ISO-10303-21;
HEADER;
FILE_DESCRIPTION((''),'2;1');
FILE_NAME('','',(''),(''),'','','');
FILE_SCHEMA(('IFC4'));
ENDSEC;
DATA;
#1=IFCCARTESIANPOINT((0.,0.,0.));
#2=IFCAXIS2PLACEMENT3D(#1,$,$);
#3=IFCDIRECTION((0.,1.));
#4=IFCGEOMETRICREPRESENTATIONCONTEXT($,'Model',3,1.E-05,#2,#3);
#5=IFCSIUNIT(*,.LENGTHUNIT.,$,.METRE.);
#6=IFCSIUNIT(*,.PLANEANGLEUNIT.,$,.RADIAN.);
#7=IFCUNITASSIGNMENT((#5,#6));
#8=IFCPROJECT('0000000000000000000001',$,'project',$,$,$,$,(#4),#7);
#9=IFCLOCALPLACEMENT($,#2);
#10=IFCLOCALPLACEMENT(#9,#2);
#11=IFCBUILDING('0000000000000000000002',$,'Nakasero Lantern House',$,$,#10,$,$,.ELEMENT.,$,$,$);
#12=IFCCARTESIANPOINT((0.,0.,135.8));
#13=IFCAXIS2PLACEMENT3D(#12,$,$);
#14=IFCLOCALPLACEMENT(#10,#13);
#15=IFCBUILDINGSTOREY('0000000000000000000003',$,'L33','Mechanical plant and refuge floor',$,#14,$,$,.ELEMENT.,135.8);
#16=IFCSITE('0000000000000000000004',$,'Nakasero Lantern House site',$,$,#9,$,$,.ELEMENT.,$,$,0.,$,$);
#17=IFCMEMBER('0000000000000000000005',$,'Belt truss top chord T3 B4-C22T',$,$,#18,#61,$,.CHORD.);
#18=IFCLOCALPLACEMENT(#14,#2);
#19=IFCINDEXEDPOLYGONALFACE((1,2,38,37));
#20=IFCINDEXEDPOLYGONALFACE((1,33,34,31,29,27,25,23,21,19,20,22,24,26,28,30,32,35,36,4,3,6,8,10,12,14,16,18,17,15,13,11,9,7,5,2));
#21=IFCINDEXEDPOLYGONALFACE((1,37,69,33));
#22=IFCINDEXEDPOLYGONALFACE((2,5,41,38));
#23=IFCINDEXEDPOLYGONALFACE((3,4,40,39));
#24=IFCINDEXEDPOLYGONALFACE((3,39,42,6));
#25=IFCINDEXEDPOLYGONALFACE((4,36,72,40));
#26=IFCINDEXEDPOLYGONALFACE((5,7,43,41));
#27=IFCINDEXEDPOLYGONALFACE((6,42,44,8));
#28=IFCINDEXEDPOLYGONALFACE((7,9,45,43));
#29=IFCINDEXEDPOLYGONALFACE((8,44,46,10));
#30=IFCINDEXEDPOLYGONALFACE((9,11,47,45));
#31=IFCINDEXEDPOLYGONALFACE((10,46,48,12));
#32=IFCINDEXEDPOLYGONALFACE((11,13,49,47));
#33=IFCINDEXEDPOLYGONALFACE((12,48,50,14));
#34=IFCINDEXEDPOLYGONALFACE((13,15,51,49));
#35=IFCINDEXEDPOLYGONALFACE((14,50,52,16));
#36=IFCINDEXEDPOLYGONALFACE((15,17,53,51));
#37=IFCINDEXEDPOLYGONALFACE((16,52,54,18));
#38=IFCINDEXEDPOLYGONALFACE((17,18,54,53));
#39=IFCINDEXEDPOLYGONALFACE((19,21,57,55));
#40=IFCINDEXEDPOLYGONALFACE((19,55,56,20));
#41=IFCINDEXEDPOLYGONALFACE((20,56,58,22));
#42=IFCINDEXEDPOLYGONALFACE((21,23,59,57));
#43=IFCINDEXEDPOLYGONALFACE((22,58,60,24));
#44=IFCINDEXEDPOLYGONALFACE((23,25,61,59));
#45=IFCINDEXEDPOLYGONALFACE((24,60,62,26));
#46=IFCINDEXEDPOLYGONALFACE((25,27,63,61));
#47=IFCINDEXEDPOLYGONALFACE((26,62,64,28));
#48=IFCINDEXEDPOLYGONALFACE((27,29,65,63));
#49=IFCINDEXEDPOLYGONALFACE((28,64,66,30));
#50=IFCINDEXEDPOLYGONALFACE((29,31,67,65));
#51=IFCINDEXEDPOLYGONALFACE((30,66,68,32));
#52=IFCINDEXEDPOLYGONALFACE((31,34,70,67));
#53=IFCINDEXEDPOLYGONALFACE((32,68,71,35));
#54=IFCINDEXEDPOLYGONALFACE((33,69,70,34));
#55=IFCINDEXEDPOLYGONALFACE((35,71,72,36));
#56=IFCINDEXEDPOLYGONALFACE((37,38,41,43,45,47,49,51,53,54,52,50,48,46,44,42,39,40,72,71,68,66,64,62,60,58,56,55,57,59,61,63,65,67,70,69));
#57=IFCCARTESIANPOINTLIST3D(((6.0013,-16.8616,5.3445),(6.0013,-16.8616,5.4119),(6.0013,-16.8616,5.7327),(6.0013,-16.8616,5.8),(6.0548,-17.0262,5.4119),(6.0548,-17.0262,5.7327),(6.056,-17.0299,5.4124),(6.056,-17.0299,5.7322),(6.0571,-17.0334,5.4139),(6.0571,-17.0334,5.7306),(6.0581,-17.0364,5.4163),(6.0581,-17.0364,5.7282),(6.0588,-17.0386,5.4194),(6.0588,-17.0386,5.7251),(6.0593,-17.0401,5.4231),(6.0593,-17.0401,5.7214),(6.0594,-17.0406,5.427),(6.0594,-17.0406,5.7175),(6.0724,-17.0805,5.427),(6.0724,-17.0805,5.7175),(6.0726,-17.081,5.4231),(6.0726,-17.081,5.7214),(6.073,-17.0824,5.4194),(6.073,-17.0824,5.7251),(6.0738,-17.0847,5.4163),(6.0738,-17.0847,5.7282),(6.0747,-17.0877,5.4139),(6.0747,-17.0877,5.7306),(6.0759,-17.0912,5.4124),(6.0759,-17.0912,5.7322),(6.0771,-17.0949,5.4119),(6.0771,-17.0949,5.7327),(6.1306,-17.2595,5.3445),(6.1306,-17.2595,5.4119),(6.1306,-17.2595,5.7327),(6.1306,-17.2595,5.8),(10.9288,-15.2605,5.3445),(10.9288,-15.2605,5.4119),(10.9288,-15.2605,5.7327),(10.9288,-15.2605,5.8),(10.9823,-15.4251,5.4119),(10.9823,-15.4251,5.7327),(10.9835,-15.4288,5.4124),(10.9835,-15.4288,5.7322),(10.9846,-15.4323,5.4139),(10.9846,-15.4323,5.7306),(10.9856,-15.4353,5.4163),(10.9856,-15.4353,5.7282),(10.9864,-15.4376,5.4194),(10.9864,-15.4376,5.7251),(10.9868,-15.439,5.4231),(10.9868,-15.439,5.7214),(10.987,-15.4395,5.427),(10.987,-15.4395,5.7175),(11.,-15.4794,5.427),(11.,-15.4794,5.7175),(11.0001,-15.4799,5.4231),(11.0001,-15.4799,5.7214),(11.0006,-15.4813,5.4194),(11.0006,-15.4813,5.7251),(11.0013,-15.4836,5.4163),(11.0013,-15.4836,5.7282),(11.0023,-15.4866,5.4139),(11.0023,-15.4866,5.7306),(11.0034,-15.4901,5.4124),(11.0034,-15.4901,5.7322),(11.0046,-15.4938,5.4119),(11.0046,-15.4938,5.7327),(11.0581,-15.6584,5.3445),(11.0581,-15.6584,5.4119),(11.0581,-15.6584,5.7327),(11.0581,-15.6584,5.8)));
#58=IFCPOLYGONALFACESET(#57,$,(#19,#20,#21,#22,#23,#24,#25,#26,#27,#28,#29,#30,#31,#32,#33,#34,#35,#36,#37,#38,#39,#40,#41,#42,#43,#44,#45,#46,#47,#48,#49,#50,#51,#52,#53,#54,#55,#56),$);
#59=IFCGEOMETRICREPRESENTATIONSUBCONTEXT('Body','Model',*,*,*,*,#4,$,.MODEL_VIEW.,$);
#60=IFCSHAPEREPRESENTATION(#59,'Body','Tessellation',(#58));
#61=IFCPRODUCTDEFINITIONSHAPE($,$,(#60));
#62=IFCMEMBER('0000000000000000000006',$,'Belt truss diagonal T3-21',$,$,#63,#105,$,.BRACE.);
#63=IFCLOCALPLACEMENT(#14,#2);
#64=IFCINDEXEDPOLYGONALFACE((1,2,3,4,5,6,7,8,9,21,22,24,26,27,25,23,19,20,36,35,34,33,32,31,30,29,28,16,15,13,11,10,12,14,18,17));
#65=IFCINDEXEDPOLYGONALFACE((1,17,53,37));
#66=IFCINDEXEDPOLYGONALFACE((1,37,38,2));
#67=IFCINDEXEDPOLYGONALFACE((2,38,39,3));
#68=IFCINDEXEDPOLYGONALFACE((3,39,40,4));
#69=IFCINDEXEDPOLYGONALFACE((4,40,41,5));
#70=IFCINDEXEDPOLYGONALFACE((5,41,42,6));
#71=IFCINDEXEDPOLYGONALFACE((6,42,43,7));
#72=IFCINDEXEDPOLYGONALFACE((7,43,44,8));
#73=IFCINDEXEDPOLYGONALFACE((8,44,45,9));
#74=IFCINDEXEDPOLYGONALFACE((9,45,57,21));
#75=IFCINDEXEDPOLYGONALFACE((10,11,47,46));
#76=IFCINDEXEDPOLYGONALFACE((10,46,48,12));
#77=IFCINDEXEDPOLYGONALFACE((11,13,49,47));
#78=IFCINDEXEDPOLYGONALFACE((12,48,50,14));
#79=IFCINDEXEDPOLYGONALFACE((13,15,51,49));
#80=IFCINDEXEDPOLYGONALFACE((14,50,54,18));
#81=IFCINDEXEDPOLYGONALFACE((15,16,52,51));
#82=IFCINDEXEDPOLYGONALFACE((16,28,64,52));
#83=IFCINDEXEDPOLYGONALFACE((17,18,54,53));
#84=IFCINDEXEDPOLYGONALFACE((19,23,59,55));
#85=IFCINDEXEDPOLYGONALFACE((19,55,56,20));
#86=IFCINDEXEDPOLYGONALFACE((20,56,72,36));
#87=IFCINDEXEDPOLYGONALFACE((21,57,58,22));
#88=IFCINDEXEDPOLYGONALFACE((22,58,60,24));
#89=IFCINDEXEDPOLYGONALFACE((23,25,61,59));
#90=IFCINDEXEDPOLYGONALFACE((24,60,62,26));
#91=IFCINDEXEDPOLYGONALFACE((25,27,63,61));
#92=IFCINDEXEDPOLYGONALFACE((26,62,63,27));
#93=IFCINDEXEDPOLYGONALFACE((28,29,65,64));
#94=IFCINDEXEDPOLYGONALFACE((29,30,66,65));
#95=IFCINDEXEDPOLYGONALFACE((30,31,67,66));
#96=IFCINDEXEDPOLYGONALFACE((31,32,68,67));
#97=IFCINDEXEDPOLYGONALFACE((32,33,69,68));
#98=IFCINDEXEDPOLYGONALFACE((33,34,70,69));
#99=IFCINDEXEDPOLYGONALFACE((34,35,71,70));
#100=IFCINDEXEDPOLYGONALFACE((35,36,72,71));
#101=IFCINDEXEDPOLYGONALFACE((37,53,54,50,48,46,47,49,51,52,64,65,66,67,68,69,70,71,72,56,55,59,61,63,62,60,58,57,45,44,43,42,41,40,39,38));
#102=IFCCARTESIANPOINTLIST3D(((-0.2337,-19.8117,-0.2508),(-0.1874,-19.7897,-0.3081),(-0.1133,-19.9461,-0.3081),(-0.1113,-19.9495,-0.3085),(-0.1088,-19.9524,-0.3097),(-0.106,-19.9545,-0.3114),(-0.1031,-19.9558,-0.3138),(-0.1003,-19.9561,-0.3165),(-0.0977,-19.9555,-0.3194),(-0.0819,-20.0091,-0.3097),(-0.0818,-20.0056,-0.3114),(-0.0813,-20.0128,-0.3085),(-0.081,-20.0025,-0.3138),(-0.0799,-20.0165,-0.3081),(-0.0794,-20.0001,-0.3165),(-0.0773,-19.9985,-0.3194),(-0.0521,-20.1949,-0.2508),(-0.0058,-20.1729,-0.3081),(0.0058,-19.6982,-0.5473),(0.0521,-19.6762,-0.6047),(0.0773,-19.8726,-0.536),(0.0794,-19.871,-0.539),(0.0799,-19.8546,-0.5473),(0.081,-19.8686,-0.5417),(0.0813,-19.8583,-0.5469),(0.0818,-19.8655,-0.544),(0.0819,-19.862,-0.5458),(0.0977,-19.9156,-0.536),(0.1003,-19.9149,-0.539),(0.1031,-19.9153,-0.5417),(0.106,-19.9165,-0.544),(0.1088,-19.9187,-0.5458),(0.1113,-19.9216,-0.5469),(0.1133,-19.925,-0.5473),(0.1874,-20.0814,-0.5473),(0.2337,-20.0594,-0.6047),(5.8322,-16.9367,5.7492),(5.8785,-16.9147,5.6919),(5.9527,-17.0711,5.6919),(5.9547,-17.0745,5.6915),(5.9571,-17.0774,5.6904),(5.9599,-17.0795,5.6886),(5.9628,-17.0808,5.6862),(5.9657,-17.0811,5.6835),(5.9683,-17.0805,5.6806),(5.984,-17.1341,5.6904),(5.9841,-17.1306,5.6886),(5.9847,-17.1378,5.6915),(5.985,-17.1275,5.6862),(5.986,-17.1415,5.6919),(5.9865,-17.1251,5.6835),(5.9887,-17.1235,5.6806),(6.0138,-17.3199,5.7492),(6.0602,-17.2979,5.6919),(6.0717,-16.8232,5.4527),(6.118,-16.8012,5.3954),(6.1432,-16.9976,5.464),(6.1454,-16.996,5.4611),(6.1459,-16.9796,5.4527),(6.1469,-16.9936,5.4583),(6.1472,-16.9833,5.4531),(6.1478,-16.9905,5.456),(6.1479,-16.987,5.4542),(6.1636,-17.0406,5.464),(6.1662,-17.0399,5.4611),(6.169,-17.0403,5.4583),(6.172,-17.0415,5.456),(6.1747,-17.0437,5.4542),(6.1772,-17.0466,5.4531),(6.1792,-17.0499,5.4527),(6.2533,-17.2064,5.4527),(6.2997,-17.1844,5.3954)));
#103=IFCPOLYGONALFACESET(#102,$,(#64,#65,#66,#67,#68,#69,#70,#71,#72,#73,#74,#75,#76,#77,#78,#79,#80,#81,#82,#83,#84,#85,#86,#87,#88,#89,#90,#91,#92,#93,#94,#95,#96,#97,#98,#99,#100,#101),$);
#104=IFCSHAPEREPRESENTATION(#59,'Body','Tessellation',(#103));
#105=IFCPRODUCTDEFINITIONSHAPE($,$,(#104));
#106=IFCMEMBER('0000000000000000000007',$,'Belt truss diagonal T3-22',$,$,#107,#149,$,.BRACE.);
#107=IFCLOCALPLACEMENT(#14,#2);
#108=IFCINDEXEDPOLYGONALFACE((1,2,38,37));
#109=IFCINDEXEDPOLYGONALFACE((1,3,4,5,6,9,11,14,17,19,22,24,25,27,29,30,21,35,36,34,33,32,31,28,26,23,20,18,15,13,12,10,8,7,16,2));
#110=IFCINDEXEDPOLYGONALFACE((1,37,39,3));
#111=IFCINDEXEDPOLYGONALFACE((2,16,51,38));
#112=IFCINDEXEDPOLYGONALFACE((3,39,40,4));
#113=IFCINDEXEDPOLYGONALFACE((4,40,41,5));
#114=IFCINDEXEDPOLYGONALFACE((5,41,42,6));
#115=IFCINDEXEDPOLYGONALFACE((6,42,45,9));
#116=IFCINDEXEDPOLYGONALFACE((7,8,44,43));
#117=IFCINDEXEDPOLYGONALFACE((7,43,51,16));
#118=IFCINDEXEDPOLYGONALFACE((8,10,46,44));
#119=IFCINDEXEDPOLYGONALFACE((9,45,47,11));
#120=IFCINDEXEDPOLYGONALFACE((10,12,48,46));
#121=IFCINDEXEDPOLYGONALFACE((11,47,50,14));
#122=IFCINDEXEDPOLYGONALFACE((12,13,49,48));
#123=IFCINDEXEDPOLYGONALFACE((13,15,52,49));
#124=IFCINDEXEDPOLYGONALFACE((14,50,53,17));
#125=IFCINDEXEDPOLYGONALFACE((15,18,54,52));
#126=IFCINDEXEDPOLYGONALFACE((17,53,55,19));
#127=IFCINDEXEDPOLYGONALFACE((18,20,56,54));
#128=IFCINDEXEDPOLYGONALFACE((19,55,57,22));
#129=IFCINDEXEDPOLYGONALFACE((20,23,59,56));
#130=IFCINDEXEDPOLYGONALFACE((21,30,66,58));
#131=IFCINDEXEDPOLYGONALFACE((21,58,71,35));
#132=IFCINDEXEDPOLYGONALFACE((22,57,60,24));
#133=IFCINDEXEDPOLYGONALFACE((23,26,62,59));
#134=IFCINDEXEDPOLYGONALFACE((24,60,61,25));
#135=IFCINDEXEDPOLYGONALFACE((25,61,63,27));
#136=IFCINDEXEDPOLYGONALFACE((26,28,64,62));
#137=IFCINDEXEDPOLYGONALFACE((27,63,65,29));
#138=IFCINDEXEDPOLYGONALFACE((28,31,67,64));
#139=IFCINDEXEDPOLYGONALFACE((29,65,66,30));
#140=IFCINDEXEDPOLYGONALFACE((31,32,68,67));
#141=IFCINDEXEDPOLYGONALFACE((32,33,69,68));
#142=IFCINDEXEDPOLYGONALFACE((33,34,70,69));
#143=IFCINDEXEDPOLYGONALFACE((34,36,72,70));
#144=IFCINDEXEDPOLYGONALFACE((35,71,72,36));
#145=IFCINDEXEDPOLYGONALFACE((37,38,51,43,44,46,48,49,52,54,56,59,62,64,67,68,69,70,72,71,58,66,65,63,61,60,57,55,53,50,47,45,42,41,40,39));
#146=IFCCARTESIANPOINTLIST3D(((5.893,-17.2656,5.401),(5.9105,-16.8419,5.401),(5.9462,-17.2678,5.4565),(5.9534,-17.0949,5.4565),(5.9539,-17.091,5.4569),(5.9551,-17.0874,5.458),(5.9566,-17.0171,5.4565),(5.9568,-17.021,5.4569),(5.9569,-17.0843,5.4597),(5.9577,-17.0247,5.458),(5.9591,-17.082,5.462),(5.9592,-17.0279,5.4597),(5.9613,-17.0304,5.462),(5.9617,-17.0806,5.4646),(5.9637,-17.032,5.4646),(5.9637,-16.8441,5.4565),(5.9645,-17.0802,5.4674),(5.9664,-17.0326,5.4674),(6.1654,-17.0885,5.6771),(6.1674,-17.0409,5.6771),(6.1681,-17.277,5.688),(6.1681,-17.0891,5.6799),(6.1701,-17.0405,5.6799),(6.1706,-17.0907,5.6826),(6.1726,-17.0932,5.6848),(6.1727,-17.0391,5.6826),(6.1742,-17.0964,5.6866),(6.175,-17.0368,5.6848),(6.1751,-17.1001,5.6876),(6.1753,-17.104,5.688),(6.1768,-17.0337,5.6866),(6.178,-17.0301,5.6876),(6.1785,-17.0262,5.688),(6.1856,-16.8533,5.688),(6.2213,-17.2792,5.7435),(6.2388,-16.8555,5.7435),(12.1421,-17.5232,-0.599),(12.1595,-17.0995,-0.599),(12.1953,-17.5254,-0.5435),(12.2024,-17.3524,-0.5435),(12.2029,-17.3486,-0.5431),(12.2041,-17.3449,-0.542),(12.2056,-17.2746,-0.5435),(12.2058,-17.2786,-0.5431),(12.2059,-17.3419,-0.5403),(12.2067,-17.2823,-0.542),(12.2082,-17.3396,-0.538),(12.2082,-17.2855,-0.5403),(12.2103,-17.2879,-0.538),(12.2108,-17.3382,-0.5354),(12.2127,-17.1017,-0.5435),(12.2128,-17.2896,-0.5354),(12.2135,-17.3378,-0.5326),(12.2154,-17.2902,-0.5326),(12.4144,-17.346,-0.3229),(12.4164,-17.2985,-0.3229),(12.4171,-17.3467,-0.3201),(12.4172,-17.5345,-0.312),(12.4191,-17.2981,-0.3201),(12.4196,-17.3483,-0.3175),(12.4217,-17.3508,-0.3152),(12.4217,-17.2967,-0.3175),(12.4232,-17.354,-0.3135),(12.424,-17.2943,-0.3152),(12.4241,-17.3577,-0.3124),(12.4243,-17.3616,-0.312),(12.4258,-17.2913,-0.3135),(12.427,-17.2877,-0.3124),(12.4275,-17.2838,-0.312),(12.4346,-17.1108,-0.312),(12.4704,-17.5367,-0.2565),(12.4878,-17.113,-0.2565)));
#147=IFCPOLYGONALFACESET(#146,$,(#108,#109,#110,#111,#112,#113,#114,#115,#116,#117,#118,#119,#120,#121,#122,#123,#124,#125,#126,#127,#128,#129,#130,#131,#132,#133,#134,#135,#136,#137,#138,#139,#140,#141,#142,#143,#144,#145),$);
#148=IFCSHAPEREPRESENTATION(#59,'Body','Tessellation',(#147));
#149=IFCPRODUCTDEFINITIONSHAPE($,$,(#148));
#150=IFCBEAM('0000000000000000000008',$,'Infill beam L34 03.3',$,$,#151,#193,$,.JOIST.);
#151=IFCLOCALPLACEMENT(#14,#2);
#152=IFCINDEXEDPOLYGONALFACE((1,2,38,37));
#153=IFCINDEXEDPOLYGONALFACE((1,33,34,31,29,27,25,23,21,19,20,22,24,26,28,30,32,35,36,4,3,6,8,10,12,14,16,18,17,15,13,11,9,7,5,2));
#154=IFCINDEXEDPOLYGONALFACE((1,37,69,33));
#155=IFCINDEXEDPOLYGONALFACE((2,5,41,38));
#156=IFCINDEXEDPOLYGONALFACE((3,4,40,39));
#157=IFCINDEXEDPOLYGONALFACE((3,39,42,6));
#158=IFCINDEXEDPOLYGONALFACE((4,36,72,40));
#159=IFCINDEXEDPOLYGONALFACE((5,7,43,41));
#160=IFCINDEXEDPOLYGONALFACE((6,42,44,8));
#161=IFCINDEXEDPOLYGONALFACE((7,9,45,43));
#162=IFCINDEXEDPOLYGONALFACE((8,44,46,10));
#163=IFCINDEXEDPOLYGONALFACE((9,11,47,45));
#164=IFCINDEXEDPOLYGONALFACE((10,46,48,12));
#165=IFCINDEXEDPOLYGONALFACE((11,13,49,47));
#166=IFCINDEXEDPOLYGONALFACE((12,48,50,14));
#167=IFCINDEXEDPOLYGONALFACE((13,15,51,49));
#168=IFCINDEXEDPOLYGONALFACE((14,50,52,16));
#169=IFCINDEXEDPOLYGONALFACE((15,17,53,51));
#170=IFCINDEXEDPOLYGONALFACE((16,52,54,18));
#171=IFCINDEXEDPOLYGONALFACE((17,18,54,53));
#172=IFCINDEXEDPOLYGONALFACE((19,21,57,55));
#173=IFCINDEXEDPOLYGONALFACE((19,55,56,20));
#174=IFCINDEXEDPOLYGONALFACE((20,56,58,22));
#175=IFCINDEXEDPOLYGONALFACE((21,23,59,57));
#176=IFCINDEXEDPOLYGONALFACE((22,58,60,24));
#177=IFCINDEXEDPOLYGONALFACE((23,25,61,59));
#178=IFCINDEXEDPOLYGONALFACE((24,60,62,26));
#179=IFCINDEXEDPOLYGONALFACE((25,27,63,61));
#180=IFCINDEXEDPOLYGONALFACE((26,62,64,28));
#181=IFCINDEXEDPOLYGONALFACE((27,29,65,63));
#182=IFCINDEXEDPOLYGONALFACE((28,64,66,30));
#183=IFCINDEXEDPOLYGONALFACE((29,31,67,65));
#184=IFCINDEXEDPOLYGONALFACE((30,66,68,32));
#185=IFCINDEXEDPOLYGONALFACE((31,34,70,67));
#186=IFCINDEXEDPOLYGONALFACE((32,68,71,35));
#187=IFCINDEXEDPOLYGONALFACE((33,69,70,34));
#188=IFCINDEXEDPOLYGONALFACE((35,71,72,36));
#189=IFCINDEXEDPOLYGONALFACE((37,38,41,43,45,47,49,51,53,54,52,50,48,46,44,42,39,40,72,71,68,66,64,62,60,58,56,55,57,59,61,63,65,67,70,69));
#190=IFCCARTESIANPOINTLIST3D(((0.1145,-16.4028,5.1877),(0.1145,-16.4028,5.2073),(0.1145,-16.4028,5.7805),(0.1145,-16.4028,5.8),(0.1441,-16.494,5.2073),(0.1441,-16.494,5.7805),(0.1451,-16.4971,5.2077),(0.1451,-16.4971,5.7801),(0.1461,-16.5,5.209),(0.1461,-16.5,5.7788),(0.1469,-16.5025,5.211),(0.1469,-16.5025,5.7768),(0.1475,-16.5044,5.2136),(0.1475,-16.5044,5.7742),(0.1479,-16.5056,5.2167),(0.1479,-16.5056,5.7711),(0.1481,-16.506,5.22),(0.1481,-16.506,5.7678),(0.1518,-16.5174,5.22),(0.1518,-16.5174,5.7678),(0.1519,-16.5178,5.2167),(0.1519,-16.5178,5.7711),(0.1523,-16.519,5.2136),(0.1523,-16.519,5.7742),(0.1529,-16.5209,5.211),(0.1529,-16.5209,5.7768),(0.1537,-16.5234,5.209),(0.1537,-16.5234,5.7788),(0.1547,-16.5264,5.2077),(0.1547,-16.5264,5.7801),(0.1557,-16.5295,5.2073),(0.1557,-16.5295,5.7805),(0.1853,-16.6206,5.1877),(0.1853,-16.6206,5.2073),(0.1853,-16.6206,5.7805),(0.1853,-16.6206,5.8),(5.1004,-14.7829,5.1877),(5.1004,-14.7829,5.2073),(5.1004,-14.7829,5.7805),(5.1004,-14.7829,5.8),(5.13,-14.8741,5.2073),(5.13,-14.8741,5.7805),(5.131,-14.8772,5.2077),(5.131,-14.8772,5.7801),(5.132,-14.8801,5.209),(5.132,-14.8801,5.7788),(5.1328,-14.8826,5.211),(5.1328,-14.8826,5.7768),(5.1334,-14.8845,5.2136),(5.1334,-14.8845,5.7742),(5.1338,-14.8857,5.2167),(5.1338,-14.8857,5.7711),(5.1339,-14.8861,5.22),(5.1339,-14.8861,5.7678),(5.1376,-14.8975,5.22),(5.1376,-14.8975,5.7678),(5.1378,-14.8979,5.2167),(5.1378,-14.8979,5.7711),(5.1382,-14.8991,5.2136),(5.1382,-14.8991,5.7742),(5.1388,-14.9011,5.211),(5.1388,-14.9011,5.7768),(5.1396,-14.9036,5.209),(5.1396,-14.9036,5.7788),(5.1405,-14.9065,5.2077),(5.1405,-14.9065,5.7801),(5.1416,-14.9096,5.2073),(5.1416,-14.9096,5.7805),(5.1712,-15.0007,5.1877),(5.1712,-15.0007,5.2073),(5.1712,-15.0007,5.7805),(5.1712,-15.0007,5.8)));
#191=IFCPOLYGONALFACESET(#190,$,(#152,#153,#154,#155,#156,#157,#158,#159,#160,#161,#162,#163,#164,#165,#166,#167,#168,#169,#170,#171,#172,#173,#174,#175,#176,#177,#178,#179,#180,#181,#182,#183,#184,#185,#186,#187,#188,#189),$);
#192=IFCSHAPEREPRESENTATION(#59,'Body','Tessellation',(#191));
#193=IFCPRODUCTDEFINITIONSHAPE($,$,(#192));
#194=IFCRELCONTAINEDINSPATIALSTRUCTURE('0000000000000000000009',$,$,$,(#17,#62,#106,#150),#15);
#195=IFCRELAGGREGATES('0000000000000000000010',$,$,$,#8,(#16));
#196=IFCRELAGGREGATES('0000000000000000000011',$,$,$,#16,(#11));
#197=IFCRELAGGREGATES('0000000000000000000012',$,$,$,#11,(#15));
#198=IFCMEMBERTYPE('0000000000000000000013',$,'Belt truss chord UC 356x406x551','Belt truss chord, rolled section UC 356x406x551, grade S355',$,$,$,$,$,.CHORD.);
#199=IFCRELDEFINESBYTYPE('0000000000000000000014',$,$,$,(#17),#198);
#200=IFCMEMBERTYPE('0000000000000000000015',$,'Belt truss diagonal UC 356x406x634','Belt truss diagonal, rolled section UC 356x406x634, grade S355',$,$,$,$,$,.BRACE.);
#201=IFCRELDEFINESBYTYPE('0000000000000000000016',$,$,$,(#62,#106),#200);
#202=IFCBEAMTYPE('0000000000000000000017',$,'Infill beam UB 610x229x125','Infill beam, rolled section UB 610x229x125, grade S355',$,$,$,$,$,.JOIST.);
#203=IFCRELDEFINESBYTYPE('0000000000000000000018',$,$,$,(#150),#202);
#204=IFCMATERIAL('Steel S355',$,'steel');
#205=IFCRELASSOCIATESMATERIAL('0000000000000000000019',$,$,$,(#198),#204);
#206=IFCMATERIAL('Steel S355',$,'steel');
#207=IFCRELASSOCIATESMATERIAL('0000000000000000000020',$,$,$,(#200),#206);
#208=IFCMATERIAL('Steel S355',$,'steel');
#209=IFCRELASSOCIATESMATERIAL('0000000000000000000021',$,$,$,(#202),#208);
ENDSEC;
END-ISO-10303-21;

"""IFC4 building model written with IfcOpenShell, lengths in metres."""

from ifc_helpers import new_model, si_unit, direction, frame, origin, origin_2d, place, context, subcontext, project, spatial, i_section, extrude, material, material_profile, profile_set, type_object, element, save


model = new_model("IFC4")

# Units and contexts
model_context = context("Model", 3, precision=1e-05, world=origin(), true_north=direction((0.0, 1.0)))
body_context = subcontext(model_context, "Body", "Model", "MODEL_VIEW")
ifc_project = project(units=[si_unit("LENGTHUNIT", "METRE"), si_unit("PLANEANGLEUNIT", "RADIAN")], contexts=[model_context])

# Site, building, storey
site_placement = place(None, origin())
site = spatial("IfcSite", under=ifc_project, at=site_placement, Name="Nakasero Lantern House site", CompositionType="ELEMENT", RefElevation=0.0)
building_placement = place(site_placement, origin())
building = spatial("IfcBuilding", under=site, at=building_placement, Name="Nakasero Lantern House", CompositionType="ELEMENT")
storey_placement = place(building_placement, frame((0.0, 0.0, 135.8)))
storey = spatial("IfcBuildingStorey", under=building, at=storey_placement, Name="L33", Description="Mechanical plant and refuge floor", CompositionType="ELEMENT", Elevation=135.8)

# Members
ifc_material_1 = material(Name="Steel S355", Category="steel")
ifc_material_profile_1 = material_profile(ifc_material_1, i_section(OverallWidth=0.4185, OverallDepth=0.4556, WebThickness=0.042, FlangeThickness=0.0674, FilletRadius=0.0151, at=origin_2d()), Name="UC 356x406x551")
ifc_profile_set_1 = profile_set([ifc_material_profile_1], Name="Steel S355")
member_type_1 = type_object("IfcMemberType", Name="Belt truss chord UC 356x406x551", Description="Belt truss chord, rolled section UC 356x406x551, grade S355", PredefinedType="CHORD", material=ifc_profile_set_1)
member_1_placement = place(storey_placement, frame((6.0659, -17.0605, 5.5723), z_axis=(0.951054, 0.309023, 0.0), x_axis=(-0.309023, 0.951054, 0.0)))
element("IfcMember", 1, at=member_1_placement, inside=storey, type_object=member_type_1, Name="Belt truss top chord T3 B4-C22T", PredefinedType="CHORD", context=body_context, shape_type="SweptSolid", body=[
    extrude(i_section(OverallWidth=0.4185, OverallDepth=0.4556, WebThickness=0.042, FlangeThickness=0.0674, FilletRadius=0.0151, at=origin_2d()), origin(), (0.0, 0.0, 1.0), 5.1812),
])
ifc_material_2 = material(Name="Steel S355", Category="steel")
ifc_material_profile_2 = material_profile(ifc_material_2, i_section(OverallWidth=0.4241, OverallDepth=0.4746, WebThickness=0.0476, FlangeThickness=0.0769, FilletRadius=0.0151, at=origin_2d()), Name="UC 356x406x634")
ifc_profile_set_2 = profile_set([ifc_material_profile_2], Name="Steel S355")
member_type_2 = type_object("IfcMemberType", Name="Belt truss diagonal UC 356x406x634", Description="Belt truss diagonal, rolled section UC 356x406x634, grade S355", PredefinedType="BRACE", material=ifc_profile_set_2)
member_2_placement = place(storey_placement, frame((0.0, -19.9355, -0.4277), z_axis=(0.673737, 0.319324, 0.666416), x_axis=(-0.42829, 0.903642, 0.0)))
element("IfcMember", 2, at=member_2_placement, inside=storey, type_object=member_type_2, Name="Belt truss diagonal T3-21", PredefinedType="BRACE", context=body_context, shape_type="SweptSolid", body=[
    extrude(i_section(OverallWidth=0.4241, OverallDepth=0.4746, WebThickness=0.0476, FlangeThickness=0.0769, FilletRadius=0.0151, at=origin_2d()), origin(), (0.0, 0.0, 1.0), 9.0034),
])
member_3_placement = place(storey_placement, frame((6.0659, -17.0605, 5.5723), z_axis=(0.721015, -0.029718, -0.692282), x_axis=(0.041182, 0.999152, 0.0)))
element("IfcMember", 3, at=member_3_placement, inside=storey, type_object=member_type_2, Name="Belt truss diagonal T3-22", PredefinedType="BRACE", context=body_context, shape_type="SweptSolid", body=[
    extrude(i_section(OverallWidth=0.4241, OverallDepth=0.4746, WebThickness=0.0476, FlangeThickness=0.0769, FilletRadius=0.0151, at=origin_2d()), origin(), (0.0, 0.0, 1.0), 8.667),
])

# Beam
ifc_material_3 = material(Name="Steel S355", Category="steel")
ifc_material_profile_3 = material_profile(ifc_material_3, i_section(OverallWidth=0.229, OverallDepth=0.6123, WebThickness=0.012, FlangeThickness=0.0195, FilletRadius=0.0127, at=origin_2d()), Name="UB 610x229x125")
ifc_profile_set_3 = profile_set([ifc_material_profile_3], Name="Steel S355")
beam_type_1 = type_object("IfcBeamType", Name="Infill beam UB 610x229x125", Description="Infill beam, rolled section UB 610x229x125, grade S355", PredefinedType="JOIST", material=ifc_profile_set_3)
beam_1_placement = place(storey_placement, frame((0.1499, -16.5117, 5.4939), z_axis=(0.951063, 0.308996, 0.0), x_axis=(-0.308996, 0.951063, 0.0)))
element("IfcBeam", 4, at=beam_1_placement, inside=storey, type_object=beam_type_1, Name="Infill beam L34 03.3", PredefinedType="JOIST", context=body_context, shape_type="SweptSolid", body=[
    extrude(i_section(OverallWidth=0.229, OverallDepth=0.6123, WebThickness=0.012, FlangeThickness=0.0195, FilletRadius=0.0127, at=origin_2d()), origin(), (0.0, 0.0, 1.0), 5.2424),
])

save(model, "model.ifc")
